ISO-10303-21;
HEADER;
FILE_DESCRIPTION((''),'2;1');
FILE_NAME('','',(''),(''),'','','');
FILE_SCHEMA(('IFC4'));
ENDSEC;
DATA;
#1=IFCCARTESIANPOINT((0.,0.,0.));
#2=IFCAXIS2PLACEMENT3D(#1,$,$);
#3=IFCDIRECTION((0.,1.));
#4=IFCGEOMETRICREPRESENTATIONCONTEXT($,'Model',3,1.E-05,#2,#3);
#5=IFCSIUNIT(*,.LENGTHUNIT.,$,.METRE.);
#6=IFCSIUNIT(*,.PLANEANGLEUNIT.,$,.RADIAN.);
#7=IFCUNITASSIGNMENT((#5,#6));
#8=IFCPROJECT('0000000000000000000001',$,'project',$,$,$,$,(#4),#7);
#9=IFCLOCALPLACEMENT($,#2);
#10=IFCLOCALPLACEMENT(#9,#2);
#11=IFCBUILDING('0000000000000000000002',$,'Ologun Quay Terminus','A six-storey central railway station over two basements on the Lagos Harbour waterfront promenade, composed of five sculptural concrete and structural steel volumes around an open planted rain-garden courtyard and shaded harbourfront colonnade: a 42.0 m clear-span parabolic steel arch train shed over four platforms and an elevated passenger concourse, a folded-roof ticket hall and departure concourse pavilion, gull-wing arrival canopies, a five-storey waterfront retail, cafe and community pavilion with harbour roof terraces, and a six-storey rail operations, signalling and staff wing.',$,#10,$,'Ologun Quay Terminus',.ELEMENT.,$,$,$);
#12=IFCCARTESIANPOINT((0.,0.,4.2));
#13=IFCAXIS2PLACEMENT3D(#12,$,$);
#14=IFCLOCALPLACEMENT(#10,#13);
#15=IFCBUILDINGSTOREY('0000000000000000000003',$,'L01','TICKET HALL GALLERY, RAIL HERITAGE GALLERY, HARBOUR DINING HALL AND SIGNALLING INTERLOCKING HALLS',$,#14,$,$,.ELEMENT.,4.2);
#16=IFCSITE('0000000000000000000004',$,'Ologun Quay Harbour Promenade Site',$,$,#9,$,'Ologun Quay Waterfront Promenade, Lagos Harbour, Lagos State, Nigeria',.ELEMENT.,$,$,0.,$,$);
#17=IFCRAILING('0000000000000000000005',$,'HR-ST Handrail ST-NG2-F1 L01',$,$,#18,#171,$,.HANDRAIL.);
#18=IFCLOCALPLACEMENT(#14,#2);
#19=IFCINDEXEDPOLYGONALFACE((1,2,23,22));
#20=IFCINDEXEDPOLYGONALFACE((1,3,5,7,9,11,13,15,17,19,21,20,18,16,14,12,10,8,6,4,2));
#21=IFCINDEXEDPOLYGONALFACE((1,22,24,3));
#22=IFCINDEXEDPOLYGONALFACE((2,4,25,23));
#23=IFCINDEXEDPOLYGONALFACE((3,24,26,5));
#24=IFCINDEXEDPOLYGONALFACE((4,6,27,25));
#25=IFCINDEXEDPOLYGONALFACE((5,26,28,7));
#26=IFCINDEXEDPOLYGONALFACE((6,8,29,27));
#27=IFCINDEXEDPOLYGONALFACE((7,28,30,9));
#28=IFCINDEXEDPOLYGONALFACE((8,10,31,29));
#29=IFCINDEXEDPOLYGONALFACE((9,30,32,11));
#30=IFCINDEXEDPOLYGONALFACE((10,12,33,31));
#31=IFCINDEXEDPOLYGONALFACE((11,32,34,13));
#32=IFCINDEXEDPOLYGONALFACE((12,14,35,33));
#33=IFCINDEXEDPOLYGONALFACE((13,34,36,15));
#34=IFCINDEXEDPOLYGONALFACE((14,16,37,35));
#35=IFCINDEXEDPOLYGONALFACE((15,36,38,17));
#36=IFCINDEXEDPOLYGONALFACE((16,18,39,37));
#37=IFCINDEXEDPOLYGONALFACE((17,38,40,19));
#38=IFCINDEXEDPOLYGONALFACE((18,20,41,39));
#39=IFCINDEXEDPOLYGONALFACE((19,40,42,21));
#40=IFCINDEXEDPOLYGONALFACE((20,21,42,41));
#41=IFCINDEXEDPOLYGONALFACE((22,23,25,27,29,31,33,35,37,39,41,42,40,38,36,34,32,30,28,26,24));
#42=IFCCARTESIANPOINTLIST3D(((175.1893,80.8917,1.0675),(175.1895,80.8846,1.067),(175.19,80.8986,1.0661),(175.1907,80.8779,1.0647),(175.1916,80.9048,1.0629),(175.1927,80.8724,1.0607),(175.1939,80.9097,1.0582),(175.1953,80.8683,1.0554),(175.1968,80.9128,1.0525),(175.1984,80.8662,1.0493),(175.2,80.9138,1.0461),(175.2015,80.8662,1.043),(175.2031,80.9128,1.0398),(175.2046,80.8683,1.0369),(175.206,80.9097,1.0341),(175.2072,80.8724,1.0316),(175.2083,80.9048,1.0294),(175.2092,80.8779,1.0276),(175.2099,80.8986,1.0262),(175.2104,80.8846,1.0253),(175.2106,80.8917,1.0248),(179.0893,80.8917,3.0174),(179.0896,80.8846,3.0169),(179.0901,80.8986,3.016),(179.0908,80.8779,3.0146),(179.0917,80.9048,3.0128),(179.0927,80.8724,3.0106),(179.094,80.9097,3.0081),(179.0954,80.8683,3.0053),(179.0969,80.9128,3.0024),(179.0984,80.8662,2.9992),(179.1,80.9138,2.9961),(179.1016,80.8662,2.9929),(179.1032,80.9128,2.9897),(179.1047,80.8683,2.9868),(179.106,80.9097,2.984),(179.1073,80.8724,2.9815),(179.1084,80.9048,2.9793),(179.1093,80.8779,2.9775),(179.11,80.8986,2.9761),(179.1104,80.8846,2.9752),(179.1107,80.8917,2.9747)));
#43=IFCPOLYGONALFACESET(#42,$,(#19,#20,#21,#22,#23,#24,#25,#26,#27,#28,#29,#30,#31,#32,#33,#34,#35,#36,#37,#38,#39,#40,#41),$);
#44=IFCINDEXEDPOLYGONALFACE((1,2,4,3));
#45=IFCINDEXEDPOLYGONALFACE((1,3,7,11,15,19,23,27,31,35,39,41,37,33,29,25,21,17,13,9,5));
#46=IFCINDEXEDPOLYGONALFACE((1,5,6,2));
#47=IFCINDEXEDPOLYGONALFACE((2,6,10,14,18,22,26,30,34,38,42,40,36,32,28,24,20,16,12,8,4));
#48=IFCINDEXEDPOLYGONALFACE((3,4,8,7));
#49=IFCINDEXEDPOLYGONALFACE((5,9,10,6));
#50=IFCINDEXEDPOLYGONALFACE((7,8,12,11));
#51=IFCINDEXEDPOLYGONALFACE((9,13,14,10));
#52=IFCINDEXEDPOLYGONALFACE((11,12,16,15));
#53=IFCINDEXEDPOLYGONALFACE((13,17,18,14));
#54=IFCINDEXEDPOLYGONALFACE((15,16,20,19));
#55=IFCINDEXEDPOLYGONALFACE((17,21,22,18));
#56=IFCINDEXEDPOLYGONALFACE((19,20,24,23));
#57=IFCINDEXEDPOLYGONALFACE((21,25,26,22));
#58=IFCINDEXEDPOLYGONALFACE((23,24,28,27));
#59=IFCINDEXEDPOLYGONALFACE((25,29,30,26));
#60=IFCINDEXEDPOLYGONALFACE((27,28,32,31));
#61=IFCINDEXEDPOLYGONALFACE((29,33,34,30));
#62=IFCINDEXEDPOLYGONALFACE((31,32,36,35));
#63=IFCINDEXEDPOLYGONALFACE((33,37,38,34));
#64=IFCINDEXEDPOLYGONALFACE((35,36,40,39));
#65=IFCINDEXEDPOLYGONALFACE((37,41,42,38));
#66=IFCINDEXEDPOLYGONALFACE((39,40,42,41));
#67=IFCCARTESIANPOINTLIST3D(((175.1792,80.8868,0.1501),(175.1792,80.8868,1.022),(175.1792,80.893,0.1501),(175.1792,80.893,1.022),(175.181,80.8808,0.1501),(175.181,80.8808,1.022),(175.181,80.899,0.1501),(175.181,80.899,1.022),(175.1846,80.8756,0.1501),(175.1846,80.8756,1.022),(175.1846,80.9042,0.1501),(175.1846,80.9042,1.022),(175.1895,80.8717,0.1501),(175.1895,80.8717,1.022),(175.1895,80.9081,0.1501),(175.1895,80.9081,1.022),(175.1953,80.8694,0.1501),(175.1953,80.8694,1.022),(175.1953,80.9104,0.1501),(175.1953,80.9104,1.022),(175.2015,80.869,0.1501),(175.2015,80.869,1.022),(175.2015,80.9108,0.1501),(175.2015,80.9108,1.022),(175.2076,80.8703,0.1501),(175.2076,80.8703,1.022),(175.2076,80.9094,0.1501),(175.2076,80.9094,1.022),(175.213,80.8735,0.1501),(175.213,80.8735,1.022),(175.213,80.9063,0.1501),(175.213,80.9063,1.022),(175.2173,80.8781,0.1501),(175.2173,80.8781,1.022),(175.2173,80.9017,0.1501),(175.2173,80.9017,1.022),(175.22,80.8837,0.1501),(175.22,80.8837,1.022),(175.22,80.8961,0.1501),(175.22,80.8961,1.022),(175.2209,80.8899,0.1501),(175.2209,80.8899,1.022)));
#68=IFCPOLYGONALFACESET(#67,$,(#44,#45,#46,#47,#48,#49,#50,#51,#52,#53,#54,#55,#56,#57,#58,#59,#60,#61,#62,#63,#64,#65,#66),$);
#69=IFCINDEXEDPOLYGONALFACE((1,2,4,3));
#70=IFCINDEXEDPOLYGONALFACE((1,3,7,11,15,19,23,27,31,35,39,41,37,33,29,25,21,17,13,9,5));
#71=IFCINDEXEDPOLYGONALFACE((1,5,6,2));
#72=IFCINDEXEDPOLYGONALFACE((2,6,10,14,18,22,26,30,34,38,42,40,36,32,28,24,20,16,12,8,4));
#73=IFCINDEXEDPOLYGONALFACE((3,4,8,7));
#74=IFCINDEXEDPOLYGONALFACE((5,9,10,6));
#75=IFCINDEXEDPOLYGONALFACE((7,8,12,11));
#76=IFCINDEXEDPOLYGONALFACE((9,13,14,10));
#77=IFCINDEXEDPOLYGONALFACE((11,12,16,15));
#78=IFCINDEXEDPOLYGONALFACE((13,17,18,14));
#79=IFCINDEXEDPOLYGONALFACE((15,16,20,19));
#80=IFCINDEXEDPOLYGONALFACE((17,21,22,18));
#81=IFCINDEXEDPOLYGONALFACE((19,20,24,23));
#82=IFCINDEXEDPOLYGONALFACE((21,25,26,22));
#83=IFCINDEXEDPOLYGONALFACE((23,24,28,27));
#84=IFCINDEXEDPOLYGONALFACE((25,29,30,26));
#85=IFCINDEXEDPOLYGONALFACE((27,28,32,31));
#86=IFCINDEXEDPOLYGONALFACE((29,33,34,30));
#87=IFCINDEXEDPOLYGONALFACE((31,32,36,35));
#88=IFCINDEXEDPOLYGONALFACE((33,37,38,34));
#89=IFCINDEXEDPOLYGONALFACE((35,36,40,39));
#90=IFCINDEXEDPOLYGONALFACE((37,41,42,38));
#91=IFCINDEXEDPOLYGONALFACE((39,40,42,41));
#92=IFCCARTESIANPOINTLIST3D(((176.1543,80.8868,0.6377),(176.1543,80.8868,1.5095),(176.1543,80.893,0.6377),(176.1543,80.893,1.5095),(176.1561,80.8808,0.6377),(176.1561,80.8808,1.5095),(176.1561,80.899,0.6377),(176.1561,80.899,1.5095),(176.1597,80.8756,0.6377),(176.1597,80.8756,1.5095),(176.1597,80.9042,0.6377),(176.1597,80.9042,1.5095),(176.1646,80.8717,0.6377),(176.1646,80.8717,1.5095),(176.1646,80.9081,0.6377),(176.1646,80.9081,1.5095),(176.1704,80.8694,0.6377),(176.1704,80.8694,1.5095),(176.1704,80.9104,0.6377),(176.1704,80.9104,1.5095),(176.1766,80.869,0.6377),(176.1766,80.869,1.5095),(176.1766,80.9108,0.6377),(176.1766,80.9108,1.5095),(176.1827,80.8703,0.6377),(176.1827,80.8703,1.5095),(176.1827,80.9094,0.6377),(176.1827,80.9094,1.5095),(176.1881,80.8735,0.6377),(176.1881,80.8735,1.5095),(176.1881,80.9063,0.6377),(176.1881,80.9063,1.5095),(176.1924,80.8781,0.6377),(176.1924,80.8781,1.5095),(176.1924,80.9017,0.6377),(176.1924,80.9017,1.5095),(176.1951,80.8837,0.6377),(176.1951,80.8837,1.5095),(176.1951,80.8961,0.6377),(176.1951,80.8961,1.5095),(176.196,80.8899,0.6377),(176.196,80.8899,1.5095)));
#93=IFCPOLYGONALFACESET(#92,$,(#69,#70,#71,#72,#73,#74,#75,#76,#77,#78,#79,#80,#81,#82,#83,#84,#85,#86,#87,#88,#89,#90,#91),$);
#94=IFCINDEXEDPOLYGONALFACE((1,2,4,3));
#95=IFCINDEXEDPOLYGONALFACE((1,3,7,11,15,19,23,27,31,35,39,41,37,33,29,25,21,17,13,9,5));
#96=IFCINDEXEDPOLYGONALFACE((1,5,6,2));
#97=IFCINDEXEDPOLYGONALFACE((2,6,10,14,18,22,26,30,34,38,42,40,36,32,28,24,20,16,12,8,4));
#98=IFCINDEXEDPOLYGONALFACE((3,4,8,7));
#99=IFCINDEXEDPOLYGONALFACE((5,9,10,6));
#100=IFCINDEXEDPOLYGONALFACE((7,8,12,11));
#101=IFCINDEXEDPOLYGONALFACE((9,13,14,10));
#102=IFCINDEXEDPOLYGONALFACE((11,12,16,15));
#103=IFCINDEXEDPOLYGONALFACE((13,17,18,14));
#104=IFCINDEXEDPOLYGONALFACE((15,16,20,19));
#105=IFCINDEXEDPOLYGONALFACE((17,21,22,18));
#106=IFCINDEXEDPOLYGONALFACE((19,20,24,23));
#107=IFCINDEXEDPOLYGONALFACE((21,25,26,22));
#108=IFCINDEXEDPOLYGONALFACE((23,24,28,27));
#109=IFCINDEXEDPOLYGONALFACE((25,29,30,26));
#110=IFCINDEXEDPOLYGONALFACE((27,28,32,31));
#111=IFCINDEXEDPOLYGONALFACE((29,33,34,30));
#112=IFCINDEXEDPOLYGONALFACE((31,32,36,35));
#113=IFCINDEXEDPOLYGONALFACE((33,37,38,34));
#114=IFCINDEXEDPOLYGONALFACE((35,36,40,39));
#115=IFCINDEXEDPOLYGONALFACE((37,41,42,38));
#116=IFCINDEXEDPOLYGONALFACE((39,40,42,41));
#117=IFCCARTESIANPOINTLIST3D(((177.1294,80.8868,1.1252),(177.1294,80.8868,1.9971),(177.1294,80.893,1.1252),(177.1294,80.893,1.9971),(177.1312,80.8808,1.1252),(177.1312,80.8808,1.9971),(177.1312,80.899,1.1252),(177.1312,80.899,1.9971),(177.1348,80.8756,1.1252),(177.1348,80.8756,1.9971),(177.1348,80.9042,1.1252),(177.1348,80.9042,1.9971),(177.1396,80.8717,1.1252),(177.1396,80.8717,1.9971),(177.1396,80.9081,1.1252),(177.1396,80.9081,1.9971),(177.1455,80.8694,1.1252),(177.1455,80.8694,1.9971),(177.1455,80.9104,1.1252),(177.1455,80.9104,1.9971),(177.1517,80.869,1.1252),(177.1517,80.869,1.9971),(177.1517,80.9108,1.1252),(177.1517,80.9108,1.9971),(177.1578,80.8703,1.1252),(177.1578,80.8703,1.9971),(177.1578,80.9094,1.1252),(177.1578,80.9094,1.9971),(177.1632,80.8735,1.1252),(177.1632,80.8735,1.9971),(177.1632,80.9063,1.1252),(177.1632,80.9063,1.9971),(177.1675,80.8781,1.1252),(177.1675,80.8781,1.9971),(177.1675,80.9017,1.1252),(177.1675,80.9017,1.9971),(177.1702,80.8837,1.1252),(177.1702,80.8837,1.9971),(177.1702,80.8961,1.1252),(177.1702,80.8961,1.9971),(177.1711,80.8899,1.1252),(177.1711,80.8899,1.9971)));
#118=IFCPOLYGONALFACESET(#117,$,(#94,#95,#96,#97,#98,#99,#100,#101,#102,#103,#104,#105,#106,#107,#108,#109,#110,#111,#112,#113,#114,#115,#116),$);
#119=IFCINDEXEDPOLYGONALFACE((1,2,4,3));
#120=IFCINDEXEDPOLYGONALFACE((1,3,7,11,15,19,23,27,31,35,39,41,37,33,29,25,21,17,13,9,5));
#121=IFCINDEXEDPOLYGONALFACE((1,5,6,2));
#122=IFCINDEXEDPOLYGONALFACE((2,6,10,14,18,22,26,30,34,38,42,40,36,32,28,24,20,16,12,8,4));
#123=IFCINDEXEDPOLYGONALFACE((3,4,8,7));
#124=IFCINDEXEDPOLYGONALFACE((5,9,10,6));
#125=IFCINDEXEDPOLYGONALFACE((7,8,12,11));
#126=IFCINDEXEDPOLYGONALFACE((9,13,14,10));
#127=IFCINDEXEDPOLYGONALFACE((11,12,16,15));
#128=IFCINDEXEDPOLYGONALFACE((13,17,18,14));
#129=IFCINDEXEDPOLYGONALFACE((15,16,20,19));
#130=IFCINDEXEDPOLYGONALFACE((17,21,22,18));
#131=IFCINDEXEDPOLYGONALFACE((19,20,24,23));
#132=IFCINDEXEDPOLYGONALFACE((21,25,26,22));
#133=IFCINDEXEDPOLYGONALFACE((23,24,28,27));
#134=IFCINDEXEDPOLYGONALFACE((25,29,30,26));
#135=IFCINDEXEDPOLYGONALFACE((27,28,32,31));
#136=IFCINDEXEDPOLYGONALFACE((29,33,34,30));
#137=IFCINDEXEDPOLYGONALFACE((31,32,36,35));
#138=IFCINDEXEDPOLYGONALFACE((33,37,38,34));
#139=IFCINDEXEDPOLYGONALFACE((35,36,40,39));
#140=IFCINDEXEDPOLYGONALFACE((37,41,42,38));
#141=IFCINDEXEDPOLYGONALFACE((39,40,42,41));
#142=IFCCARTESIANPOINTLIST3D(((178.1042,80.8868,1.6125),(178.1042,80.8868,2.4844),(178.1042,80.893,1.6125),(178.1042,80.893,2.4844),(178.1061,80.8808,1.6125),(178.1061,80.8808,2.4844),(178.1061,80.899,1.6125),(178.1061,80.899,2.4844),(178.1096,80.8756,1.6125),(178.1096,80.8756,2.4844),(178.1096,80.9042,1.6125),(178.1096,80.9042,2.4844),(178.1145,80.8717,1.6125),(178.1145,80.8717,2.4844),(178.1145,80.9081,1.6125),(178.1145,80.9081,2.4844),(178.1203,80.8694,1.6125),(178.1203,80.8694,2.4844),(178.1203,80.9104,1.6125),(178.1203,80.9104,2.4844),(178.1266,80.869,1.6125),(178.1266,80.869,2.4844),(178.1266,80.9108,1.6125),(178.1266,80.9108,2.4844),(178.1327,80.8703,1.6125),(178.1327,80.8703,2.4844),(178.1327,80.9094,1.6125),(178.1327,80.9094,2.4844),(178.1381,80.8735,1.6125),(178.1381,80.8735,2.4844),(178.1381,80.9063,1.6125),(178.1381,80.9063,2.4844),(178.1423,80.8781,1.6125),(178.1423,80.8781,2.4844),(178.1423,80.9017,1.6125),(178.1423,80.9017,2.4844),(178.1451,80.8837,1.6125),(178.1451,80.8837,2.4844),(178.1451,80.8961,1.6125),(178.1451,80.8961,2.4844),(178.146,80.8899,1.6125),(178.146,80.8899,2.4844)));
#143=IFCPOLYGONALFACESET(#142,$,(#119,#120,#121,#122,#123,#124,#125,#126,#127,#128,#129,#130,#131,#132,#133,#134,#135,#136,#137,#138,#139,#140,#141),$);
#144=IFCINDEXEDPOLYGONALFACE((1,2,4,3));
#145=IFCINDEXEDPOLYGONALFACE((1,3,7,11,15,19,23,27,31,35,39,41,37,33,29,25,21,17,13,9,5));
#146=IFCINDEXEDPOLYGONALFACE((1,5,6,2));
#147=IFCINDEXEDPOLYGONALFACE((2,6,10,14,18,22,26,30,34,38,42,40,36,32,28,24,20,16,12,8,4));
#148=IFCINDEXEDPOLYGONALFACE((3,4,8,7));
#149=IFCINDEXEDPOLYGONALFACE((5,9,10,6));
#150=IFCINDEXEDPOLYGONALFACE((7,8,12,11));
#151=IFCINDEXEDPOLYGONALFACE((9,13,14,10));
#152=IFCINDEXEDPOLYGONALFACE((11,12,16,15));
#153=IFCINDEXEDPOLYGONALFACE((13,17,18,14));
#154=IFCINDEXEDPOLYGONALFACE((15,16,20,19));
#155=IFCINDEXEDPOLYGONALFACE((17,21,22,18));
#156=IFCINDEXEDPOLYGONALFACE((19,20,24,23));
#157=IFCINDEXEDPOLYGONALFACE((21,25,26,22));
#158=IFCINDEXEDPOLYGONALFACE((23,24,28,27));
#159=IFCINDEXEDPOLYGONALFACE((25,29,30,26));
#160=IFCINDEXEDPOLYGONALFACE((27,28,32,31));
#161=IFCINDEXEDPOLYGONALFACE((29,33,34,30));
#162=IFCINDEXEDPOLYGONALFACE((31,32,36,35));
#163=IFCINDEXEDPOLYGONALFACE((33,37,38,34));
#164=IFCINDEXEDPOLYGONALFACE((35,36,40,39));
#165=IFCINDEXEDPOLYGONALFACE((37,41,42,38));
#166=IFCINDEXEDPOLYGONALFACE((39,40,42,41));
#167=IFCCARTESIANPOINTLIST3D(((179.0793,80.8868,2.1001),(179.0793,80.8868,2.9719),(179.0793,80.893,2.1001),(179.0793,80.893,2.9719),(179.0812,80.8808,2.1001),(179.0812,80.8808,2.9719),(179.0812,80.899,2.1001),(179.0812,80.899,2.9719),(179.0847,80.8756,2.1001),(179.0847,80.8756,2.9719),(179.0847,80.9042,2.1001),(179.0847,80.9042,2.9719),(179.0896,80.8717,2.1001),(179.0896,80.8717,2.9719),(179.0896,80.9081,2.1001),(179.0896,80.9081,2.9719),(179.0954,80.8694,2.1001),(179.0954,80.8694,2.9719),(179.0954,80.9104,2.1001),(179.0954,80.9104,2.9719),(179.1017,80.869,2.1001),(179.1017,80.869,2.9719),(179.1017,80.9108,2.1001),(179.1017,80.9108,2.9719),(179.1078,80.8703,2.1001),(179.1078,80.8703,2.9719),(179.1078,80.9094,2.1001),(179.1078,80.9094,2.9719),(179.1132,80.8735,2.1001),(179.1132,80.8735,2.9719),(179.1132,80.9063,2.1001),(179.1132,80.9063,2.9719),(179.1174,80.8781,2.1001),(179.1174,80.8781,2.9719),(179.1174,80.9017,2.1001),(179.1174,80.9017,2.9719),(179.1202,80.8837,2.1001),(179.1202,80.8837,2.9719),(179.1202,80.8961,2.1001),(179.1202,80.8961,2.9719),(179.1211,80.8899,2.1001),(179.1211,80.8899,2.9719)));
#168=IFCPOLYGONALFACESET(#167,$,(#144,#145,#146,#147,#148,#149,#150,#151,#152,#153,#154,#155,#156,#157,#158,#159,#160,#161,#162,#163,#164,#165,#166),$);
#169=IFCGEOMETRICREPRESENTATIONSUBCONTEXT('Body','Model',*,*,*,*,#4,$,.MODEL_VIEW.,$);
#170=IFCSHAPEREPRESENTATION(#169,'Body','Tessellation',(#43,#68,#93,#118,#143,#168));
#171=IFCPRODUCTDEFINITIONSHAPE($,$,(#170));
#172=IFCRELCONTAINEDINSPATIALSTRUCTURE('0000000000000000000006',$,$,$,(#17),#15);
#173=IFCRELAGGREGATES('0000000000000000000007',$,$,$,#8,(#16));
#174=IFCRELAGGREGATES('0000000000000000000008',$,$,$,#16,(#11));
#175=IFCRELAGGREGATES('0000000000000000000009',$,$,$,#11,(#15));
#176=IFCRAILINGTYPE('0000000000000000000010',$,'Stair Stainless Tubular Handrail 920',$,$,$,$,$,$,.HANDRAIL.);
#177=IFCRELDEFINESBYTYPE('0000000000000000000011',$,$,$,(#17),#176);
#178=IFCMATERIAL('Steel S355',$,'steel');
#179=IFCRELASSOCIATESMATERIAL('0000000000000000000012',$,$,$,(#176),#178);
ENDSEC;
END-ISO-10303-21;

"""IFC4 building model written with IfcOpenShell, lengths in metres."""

from ifc_helpers import new_model, si_unit, direction, frame, origin, origin_2d, place, context, subcontext, project, spatial, circle, extrude, material, type_object, element, save


model = new_model("IFC4")

# Units and contexts
model_context = context("Model", 3, precision=1e-05, world=origin(), true_north=direction((0.0, 1.0)))
body_context = subcontext(model_context, "Body", "Model", "MODEL_VIEW")
ifc_project = project(units=[si_unit("LENGTHUNIT", "METRE"), si_unit("PLANEANGLEUNIT", "RADIAN")], contexts=[model_context])

# Site, building, storey
site_placement = place(None, origin())
site = spatial("IfcSite", under=ifc_project, at=site_placement, Name="Ologun Quay Harbour Promenade Site", LongName="Ologun Quay Waterfront Promenade, Lagos Harbour, Lagos State, Nigeria", CompositionType="ELEMENT", RefElevation=0.0)
building_placement = place(site_placement, origin())
building = spatial("IfcBuilding", under=site, at=building_placement, Name="Ologun Quay Terminus", Description="A six-storey central railway station over two basements on the Lagos Harbour waterfront promenade, composed of five sculptural concrete and structural steel volumes around an open planted rain-garden courtyard and shaded harbourfront colonnade: a 42.0 m clear-span parabolic steel arch train shed over four platforms and an elevated passenger concourse, a folded-roof ticket hall and departure concourse pavilion, gull-wing arrival canopies, a five-storey waterfront retail, cafe and community pavilion with harbour roof terraces, and a six-storey rail operations, signalling and staff wing.", LongName="Ologun Quay Terminus", CompositionType="ELEMENT")
storey_placement = place(building_placement, frame((0.0, 0.0, 4.2)))
storey = spatial("IfcBuildingStorey", under=building, at=storey_placement, Name="L01", Description="TICKET HALL GALLERY, RAIL HERITAGE GALLERY, HARBOUR DINING HALL AND SIGNALLING INTERLOCKING HALLS", CompositionType="ELEMENT", Elevation=4.2)

# Railing
ifc_material_1 = material(Name="Steel S355", Category="steel")
railing_type_1 = type_object("IfcRailingType", Name="Stair Stainless Tubular Handrail 920", PredefinedType="HANDRAIL", material=ifc_material_1)
railing_1_placement = place(storey_placement, frame((175.2, 80.8899, 0.1501)))
element("IfcRailing", 1, at=railing_1_placement, inside=storey, type_object=railing_type_1, Name="HR-ST Handrail ST-NG2-F1 L01", PredefinedType="HANDRAIL", context=body_context, shape_type="SweptSolid", body=[
    extrude(circle(Radius=0.0239, at=origin_2d()), frame((0.0, 0.0, 0.896), z_axis=(0.894438, 0.0, 0.447191), x_axis=(0.0, 1.0, 0.0)), (0.0, 0.0, 1.0), 4.3604),
    extrude(circle(Radius=0.021, at=origin_2d()), origin(), (0.0, 0.0, 1.0), 0.8718),
    extrude(circle(Radius=0.021, at=origin_2d()), frame((0.9751, 0.0, 0.4875)), (0.0, 0.0, 1.0), 0.8718),
    extrude(circle(Radius=0.021, at=origin_2d()), frame((1.9502, 0.0, 0.9751)), (0.0, 0.0, 1.0), 0.8718),
    extrude(circle(Radius=0.021, at=origin_2d()), frame((2.925, 0.0, 1.4624)), (0.0, 0.0, 1.0), 0.8718),
    extrude(circle(Radius=0.021, at=origin_2d()), frame((3.9001, 0.0, 1.95)), (0.0, 0.0, 1.0), 0.8718),
])

save(model, "model.ifc")
